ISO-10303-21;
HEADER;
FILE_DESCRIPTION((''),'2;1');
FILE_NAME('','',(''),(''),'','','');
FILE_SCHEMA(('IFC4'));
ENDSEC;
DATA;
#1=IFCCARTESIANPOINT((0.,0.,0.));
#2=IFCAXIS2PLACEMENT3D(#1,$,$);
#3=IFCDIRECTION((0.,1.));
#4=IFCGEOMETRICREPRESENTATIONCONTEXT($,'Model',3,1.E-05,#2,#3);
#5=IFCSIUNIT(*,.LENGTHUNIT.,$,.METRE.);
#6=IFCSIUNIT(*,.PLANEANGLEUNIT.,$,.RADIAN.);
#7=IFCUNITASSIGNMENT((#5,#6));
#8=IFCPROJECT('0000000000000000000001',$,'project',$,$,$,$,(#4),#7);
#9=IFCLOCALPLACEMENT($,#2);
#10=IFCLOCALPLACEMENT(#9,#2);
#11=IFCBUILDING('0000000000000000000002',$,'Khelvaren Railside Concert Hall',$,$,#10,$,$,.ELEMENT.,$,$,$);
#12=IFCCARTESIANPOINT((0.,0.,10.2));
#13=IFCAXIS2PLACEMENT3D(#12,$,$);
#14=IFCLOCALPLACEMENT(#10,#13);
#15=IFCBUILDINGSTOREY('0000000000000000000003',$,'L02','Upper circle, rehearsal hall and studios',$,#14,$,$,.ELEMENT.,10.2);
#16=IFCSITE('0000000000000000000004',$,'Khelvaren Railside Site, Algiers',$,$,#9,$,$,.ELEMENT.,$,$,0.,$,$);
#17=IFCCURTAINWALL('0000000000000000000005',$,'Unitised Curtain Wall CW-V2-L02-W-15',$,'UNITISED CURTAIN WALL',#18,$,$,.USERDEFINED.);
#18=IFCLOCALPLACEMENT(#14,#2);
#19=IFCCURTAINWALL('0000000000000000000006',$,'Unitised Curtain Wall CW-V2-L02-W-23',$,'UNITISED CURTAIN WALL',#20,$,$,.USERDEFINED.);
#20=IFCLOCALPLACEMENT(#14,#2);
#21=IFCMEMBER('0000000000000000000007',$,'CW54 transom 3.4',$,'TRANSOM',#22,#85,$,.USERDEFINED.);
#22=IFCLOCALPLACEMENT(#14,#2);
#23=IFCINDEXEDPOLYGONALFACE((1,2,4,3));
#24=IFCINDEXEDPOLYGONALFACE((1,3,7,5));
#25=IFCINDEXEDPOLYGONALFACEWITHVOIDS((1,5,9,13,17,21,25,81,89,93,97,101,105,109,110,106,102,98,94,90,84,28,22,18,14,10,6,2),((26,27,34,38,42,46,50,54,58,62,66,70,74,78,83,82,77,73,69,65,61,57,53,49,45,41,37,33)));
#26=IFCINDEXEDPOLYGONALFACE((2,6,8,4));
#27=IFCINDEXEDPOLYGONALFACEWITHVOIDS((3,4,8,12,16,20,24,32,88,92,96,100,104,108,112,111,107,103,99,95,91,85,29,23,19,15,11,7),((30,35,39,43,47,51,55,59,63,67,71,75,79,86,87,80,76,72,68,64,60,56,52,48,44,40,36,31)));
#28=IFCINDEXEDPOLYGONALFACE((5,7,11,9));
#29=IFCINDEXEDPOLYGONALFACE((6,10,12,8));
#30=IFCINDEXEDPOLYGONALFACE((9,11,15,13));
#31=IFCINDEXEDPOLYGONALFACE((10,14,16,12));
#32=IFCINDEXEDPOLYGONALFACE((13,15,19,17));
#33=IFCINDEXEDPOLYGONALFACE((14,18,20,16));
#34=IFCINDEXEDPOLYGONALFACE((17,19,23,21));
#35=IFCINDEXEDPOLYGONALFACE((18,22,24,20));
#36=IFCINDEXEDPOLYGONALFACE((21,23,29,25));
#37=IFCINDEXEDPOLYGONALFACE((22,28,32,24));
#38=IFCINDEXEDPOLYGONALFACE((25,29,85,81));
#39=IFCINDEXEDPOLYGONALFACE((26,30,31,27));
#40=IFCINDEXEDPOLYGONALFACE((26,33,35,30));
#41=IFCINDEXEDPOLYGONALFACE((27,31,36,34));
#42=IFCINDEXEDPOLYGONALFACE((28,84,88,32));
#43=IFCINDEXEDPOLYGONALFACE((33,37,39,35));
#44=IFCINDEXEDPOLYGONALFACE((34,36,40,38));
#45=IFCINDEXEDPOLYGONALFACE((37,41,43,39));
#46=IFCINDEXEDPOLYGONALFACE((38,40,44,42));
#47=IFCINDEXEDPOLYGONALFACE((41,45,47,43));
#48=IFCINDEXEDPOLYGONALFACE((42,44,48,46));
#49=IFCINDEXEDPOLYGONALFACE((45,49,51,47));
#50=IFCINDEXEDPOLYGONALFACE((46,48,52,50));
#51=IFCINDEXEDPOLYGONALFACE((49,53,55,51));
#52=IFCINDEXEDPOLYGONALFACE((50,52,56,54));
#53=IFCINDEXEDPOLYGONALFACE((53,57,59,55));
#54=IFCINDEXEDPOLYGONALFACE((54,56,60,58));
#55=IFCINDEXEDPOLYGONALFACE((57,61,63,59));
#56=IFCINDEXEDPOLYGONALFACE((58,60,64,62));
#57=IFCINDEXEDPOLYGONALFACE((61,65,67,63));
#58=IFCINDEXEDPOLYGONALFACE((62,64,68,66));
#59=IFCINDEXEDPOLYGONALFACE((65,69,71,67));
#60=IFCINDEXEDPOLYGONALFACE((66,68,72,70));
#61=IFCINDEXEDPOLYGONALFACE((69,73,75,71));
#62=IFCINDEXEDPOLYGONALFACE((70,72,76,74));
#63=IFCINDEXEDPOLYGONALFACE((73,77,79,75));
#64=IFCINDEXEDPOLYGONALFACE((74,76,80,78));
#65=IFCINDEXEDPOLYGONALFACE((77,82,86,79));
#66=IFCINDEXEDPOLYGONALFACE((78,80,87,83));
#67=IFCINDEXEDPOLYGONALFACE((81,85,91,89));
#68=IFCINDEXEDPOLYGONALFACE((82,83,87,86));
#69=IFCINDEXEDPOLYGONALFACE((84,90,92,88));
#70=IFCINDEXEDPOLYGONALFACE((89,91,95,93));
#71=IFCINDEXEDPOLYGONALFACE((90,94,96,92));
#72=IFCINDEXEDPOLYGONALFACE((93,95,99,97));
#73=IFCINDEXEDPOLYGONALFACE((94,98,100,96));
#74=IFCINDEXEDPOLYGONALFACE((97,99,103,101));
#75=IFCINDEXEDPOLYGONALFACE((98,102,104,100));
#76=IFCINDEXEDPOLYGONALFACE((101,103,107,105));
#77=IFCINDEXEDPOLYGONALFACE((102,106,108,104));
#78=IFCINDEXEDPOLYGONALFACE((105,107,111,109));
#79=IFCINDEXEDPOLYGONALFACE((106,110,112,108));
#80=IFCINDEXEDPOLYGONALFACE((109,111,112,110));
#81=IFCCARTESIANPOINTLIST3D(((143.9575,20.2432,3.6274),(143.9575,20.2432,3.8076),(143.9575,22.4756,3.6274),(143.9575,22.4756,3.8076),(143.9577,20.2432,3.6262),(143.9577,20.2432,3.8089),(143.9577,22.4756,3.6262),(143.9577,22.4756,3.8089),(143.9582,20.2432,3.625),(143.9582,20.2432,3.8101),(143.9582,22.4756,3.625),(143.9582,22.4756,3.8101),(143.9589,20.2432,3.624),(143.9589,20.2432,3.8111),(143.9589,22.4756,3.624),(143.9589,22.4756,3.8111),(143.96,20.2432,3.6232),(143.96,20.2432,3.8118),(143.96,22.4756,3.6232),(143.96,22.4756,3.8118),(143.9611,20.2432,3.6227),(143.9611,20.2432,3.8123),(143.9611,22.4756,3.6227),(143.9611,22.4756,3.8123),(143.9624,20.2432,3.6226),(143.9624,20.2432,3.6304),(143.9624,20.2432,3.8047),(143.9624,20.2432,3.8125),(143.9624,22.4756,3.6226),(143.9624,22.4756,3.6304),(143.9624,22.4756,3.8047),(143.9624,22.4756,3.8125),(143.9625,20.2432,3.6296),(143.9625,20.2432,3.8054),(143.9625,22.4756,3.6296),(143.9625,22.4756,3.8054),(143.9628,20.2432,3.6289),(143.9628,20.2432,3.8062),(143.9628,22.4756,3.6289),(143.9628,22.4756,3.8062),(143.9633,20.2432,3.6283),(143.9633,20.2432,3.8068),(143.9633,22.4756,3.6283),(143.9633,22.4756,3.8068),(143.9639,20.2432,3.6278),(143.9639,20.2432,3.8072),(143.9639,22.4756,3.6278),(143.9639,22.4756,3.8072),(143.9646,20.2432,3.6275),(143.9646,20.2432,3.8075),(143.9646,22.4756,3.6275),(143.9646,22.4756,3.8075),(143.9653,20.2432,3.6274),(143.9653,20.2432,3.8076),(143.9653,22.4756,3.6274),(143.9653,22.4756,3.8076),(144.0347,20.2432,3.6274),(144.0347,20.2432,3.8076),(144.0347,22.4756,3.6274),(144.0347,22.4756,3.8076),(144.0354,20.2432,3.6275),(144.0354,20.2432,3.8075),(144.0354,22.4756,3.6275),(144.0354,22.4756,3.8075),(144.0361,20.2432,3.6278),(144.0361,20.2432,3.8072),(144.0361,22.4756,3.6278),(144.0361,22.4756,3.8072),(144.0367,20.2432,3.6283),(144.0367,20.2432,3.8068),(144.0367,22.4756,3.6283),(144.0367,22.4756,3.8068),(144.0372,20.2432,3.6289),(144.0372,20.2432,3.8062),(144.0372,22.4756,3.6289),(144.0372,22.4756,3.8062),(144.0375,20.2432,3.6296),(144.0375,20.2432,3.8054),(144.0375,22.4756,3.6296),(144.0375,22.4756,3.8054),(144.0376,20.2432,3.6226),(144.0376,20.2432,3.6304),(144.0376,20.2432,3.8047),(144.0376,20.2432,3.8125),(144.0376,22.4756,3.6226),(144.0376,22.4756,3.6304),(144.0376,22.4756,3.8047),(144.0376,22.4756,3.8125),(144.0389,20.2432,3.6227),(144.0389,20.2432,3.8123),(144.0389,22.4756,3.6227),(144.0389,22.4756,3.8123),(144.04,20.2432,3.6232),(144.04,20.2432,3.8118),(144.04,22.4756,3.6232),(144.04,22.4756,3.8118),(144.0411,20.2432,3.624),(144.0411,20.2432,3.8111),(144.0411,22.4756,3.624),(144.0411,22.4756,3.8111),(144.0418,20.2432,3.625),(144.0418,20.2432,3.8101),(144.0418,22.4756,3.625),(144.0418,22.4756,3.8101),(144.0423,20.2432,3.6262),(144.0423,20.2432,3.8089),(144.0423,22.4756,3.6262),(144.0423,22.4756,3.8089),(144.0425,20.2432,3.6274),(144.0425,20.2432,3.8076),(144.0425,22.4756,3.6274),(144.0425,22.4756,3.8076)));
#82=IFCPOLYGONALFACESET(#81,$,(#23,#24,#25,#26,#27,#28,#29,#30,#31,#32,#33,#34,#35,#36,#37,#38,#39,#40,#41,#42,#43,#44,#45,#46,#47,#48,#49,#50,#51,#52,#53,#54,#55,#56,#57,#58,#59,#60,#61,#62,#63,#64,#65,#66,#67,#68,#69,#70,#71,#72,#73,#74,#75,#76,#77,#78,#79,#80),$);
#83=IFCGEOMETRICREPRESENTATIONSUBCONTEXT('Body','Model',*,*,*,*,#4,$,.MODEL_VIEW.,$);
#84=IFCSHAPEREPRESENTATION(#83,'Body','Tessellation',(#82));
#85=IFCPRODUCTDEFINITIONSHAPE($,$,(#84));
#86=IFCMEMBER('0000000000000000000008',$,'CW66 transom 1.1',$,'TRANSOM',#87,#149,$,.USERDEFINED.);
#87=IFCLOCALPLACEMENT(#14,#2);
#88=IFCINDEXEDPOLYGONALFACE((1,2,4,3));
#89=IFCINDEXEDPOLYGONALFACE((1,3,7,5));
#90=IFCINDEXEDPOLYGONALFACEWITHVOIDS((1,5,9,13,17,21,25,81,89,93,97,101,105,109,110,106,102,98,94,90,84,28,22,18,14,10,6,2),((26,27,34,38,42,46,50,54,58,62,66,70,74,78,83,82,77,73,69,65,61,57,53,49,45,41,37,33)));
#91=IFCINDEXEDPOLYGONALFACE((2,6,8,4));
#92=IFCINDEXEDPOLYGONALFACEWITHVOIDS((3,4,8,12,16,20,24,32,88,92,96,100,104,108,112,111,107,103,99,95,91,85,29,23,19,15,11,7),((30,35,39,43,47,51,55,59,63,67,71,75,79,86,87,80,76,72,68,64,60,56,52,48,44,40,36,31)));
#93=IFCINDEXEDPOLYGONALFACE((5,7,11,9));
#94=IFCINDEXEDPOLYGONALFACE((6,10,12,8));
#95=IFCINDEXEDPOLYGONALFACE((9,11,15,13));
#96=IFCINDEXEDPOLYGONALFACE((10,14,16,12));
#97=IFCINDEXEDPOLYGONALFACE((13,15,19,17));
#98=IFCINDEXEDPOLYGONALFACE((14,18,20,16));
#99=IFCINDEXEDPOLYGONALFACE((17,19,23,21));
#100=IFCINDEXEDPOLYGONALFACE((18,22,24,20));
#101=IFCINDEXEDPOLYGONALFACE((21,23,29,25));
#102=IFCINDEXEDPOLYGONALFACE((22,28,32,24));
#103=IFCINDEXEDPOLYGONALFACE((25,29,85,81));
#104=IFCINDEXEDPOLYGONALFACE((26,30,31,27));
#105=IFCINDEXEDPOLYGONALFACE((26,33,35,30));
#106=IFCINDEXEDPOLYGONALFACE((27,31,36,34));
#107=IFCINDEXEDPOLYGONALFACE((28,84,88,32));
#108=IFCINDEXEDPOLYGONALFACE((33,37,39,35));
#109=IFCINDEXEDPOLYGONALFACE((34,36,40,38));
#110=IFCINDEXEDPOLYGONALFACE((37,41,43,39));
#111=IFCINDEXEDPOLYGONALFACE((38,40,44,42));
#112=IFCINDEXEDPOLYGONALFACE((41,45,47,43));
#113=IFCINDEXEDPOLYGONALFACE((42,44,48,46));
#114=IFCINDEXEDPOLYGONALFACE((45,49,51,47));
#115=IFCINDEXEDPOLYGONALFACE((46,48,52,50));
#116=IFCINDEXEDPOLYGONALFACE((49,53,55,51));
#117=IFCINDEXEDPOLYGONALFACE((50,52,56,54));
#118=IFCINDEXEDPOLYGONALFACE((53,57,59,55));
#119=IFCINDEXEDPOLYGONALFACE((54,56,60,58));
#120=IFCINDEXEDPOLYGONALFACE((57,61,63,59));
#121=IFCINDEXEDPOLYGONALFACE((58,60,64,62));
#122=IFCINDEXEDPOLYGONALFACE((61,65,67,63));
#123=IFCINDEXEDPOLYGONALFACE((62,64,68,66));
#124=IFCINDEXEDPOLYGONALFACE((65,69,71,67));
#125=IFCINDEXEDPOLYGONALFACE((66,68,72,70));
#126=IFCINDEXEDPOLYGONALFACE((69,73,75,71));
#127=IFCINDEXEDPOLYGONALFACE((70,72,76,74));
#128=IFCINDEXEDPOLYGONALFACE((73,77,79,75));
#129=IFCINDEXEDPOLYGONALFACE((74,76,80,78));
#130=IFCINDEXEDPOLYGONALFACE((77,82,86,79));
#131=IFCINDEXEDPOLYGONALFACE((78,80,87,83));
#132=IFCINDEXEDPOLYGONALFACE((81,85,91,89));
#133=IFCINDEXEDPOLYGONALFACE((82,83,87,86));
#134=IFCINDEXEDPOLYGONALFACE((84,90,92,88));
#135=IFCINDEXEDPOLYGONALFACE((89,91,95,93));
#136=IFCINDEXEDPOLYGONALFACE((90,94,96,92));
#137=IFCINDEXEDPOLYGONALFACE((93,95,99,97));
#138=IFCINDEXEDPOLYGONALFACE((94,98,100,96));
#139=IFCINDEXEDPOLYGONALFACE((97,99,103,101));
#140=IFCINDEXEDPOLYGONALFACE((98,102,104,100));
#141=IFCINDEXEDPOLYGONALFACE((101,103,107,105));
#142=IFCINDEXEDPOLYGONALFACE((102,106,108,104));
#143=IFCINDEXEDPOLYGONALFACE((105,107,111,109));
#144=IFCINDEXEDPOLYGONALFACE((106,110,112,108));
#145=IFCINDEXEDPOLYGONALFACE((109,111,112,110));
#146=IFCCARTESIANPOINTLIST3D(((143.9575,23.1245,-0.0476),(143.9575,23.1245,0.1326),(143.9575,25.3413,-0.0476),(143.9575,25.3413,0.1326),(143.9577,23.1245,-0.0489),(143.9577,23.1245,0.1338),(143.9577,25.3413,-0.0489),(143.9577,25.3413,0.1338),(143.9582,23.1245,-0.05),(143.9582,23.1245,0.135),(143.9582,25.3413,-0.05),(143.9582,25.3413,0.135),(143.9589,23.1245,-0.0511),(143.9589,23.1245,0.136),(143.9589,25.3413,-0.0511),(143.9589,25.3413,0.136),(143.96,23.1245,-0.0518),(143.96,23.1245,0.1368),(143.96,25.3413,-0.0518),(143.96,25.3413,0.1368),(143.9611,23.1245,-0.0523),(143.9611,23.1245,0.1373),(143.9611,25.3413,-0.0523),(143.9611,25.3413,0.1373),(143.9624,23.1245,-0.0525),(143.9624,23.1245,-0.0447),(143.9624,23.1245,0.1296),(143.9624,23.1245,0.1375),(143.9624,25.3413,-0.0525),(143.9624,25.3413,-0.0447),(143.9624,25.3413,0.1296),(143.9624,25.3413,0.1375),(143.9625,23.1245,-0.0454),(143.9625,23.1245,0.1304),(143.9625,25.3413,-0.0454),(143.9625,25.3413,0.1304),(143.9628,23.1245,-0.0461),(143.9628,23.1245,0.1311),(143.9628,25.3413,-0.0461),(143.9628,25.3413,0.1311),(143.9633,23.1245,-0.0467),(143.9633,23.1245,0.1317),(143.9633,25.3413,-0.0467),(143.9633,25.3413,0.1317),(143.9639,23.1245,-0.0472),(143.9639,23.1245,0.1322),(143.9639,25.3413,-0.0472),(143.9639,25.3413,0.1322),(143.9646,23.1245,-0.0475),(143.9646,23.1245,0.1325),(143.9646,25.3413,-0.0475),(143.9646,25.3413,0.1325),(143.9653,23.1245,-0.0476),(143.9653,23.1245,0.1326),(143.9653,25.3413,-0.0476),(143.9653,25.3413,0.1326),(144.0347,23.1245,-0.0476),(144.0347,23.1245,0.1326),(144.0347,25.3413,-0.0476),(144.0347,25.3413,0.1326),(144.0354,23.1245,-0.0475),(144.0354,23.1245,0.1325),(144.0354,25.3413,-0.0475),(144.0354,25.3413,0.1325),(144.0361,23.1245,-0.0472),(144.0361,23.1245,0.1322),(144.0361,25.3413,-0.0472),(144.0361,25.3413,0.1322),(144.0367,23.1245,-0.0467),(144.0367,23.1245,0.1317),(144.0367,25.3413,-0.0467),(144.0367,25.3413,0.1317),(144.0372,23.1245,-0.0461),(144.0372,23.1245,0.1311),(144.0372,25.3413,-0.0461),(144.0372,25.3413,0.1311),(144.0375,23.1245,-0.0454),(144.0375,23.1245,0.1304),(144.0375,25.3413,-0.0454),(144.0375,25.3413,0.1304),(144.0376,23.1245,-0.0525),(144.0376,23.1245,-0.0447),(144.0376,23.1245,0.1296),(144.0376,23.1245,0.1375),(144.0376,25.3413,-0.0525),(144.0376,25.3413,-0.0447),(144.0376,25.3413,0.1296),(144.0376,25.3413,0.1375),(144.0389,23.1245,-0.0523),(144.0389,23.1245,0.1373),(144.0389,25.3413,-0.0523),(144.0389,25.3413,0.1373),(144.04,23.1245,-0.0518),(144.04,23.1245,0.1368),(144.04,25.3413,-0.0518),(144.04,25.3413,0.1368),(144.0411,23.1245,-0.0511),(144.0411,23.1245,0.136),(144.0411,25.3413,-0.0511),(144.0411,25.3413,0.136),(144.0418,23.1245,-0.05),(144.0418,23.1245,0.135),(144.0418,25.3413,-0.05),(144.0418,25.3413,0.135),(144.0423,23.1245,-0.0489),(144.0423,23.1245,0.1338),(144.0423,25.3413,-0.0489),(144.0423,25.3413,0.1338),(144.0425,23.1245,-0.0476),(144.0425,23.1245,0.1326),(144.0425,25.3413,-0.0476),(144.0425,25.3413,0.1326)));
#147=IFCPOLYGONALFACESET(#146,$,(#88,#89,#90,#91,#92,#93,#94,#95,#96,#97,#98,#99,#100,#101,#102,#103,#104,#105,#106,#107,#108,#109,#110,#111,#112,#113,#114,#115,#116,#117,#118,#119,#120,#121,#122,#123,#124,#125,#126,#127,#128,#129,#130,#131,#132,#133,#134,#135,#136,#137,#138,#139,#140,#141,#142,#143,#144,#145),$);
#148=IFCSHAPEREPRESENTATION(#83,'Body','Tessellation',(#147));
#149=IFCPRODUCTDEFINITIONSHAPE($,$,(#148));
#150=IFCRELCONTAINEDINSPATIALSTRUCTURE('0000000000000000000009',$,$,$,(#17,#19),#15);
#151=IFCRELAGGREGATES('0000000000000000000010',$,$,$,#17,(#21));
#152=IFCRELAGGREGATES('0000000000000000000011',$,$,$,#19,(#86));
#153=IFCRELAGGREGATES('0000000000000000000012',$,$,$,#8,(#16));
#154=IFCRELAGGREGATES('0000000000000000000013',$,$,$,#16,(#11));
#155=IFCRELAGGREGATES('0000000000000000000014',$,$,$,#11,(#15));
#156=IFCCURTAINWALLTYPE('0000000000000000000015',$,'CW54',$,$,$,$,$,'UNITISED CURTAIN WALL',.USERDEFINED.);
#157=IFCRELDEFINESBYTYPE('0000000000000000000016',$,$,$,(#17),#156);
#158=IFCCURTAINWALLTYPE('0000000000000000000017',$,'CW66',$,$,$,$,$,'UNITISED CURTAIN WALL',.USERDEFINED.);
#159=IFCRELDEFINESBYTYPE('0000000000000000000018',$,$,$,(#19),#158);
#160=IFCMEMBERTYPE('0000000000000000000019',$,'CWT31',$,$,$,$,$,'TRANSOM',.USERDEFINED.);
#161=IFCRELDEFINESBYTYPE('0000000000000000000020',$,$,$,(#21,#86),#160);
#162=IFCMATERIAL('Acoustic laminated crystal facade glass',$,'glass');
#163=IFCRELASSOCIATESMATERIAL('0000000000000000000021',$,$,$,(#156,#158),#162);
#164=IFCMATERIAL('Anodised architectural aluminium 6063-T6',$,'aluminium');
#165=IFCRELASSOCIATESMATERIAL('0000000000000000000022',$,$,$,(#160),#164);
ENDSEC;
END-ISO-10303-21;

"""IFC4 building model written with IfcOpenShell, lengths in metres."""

from ifc_helpers import new_model, si_unit, direction, frame, origin, origin_2d, place, context, subcontext, project, spatial, hollow_rectangle, extrude, material, material_profile, profile_set, type_object, element, aggregate, save


model = new_model("IFC4")

# Units and contexts
model_context = context("Model", 3, precision=1e-05, world=origin(), true_north=direction((0.0, 1.0)))
body_context = subcontext(model_context, "Body", "Model", "MODEL_VIEW")
ifc_project = project(units=[si_unit("LENGTHUNIT", "METRE"), si_unit("PLANEANGLEUNIT", "RADIAN")], contexts=[model_context])

# Site, building, storey
site_placement = place(None, origin())
site = spatial("IfcSite", under=ifc_project, at=site_placement, Name="Khelvaren Railside Site, Algiers", CompositionType="ELEMENT", RefElevation=0.0)
building_placement = place(site_placement, origin())
building = spatial("IfcBuilding", under=site, at=building_placement, Name="Khelvaren Railside Concert Hall", CompositionType="ELEMENT")
storey_placement = place(building_placement, frame((0.0, 0.0, 10.2)))
storey = spatial("IfcBuildingStorey", under=building, at=storey_placement, Name="L02", Description="Upper circle, rehearsal hall and studios", CompositionType="ELEMENT", Elevation=10.2)

# Curtain wall
ifc_material_1 = material(Name="Acoustic laminated crystal facade glass", Category="glass")
curtain_wall_type_1 = type_object("IfcCurtainWallType", Name="CW54", ElementType="UNITISED CURTAIN WALL", PredefinedType="USERDEFINED", material=ifc_material_1)
curtain_wall_1_placement = place(storey_placement, origin())
curtain_wall_1 = element("IfcCurtainWall", 1, at=curtain_wall_1_placement, inside=storey, type_object=curtain_wall_type_1, Name="Unitised Curtain Wall CW-V2-L02-W-15", ObjectType="UNITISED CURTAIN WALL", PredefinedType="USERDEFINED")
ifc_material_2 = material(Name="Anodised architectural aluminium 6063-T6", Category="aluminium")

# Curtain wall
curtain_wall_type_2 = type_object("IfcCurtainWallType", Name="CW66", ElementType="UNITISED CURTAIN WALL", PredefinedType="USERDEFINED", material=ifc_material_1)
curtain_wall_2_placement = place(storey_placement, origin())
curtain_wall_2 = element("IfcCurtainWall", 2, at=curtain_wall_2_placement, inside=storey, type_object=curtain_wall_type_2, Name="Unitised Curtain Wall CW-V2-L02-W-23", ObjectType="UNITISED CURTAIN WALL", PredefinedType="USERDEFINED")

# Members
ifc_material_profile_1 = material_profile(ifc_material_2, hollow_rectangle(XDim=0.085, YDim=0.1899, WallThickness=0.0049, InnerFilletRadius=0.0029, OuterFilletRadius=0.0049, at=origin_2d()), Name="CWT 85x190x5")
ifc_profile_set_1 = profile_set([ifc_material_profile_1], Name="Anodised architectural aluminium 6063-T6")
member_type_1 = type_object("IfcMemberType", Name="CWT31", ElementType="TRANSOM", PredefinedType="USERDEFINED", material=ifc_profile_set_1)
member_1_placement = place(storey_placement, frame((144.0, 20.2432, 3.7175), z_axis=(0.0, 1.0, 0.0), x_axis=(-1.0, 0.0, 0.0)))
member_1 = element("IfcMember", 3, at=member_1_placement, type_object=member_type_1, Name="CW54 transom 3.4", ObjectType="TRANSOM", PredefinedType="USERDEFINED", context=body_context, shape_type="SweptSolid", body=[
    extrude(hollow_rectangle(XDim=0.085, YDim=0.1899, WallThickness=0.0049, InnerFilletRadius=0.0029, OuterFilletRadius=0.0049, at=origin_2d()), origin(), (0.0, 0.0, 1.0), 2.2324),
])
member_2_placement = place(storey_placement, frame((144.0, 23.1245, 0.0425), z_axis=(0.0, 1.0, 0.0), x_axis=(-1.0, 0.0, 0.0)))
member_2 = element("IfcMember", 4, at=member_2_placement, type_object=member_type_1, Name="CW66 transom 1.1", ObjectType="TRANSOM", PredefinedType="USERDEFINED", context=body_context, shape_type="SweptSolid", body=[
    extrude(hollow_rectangle(XDim=0.085, YDim=0.1899, WallThickness=0.0049, InnerFilletRadius=0.0029, OuterFilletRadius=0.0049, at=origin_2d()), origin(), (0.0, 0.0, 1.0), 2.2168),
])

aggregate(curtain_wall_1, [member_1])
aggregate(curtain_wall_2, [member_2])

save(model, "model.ifc")
